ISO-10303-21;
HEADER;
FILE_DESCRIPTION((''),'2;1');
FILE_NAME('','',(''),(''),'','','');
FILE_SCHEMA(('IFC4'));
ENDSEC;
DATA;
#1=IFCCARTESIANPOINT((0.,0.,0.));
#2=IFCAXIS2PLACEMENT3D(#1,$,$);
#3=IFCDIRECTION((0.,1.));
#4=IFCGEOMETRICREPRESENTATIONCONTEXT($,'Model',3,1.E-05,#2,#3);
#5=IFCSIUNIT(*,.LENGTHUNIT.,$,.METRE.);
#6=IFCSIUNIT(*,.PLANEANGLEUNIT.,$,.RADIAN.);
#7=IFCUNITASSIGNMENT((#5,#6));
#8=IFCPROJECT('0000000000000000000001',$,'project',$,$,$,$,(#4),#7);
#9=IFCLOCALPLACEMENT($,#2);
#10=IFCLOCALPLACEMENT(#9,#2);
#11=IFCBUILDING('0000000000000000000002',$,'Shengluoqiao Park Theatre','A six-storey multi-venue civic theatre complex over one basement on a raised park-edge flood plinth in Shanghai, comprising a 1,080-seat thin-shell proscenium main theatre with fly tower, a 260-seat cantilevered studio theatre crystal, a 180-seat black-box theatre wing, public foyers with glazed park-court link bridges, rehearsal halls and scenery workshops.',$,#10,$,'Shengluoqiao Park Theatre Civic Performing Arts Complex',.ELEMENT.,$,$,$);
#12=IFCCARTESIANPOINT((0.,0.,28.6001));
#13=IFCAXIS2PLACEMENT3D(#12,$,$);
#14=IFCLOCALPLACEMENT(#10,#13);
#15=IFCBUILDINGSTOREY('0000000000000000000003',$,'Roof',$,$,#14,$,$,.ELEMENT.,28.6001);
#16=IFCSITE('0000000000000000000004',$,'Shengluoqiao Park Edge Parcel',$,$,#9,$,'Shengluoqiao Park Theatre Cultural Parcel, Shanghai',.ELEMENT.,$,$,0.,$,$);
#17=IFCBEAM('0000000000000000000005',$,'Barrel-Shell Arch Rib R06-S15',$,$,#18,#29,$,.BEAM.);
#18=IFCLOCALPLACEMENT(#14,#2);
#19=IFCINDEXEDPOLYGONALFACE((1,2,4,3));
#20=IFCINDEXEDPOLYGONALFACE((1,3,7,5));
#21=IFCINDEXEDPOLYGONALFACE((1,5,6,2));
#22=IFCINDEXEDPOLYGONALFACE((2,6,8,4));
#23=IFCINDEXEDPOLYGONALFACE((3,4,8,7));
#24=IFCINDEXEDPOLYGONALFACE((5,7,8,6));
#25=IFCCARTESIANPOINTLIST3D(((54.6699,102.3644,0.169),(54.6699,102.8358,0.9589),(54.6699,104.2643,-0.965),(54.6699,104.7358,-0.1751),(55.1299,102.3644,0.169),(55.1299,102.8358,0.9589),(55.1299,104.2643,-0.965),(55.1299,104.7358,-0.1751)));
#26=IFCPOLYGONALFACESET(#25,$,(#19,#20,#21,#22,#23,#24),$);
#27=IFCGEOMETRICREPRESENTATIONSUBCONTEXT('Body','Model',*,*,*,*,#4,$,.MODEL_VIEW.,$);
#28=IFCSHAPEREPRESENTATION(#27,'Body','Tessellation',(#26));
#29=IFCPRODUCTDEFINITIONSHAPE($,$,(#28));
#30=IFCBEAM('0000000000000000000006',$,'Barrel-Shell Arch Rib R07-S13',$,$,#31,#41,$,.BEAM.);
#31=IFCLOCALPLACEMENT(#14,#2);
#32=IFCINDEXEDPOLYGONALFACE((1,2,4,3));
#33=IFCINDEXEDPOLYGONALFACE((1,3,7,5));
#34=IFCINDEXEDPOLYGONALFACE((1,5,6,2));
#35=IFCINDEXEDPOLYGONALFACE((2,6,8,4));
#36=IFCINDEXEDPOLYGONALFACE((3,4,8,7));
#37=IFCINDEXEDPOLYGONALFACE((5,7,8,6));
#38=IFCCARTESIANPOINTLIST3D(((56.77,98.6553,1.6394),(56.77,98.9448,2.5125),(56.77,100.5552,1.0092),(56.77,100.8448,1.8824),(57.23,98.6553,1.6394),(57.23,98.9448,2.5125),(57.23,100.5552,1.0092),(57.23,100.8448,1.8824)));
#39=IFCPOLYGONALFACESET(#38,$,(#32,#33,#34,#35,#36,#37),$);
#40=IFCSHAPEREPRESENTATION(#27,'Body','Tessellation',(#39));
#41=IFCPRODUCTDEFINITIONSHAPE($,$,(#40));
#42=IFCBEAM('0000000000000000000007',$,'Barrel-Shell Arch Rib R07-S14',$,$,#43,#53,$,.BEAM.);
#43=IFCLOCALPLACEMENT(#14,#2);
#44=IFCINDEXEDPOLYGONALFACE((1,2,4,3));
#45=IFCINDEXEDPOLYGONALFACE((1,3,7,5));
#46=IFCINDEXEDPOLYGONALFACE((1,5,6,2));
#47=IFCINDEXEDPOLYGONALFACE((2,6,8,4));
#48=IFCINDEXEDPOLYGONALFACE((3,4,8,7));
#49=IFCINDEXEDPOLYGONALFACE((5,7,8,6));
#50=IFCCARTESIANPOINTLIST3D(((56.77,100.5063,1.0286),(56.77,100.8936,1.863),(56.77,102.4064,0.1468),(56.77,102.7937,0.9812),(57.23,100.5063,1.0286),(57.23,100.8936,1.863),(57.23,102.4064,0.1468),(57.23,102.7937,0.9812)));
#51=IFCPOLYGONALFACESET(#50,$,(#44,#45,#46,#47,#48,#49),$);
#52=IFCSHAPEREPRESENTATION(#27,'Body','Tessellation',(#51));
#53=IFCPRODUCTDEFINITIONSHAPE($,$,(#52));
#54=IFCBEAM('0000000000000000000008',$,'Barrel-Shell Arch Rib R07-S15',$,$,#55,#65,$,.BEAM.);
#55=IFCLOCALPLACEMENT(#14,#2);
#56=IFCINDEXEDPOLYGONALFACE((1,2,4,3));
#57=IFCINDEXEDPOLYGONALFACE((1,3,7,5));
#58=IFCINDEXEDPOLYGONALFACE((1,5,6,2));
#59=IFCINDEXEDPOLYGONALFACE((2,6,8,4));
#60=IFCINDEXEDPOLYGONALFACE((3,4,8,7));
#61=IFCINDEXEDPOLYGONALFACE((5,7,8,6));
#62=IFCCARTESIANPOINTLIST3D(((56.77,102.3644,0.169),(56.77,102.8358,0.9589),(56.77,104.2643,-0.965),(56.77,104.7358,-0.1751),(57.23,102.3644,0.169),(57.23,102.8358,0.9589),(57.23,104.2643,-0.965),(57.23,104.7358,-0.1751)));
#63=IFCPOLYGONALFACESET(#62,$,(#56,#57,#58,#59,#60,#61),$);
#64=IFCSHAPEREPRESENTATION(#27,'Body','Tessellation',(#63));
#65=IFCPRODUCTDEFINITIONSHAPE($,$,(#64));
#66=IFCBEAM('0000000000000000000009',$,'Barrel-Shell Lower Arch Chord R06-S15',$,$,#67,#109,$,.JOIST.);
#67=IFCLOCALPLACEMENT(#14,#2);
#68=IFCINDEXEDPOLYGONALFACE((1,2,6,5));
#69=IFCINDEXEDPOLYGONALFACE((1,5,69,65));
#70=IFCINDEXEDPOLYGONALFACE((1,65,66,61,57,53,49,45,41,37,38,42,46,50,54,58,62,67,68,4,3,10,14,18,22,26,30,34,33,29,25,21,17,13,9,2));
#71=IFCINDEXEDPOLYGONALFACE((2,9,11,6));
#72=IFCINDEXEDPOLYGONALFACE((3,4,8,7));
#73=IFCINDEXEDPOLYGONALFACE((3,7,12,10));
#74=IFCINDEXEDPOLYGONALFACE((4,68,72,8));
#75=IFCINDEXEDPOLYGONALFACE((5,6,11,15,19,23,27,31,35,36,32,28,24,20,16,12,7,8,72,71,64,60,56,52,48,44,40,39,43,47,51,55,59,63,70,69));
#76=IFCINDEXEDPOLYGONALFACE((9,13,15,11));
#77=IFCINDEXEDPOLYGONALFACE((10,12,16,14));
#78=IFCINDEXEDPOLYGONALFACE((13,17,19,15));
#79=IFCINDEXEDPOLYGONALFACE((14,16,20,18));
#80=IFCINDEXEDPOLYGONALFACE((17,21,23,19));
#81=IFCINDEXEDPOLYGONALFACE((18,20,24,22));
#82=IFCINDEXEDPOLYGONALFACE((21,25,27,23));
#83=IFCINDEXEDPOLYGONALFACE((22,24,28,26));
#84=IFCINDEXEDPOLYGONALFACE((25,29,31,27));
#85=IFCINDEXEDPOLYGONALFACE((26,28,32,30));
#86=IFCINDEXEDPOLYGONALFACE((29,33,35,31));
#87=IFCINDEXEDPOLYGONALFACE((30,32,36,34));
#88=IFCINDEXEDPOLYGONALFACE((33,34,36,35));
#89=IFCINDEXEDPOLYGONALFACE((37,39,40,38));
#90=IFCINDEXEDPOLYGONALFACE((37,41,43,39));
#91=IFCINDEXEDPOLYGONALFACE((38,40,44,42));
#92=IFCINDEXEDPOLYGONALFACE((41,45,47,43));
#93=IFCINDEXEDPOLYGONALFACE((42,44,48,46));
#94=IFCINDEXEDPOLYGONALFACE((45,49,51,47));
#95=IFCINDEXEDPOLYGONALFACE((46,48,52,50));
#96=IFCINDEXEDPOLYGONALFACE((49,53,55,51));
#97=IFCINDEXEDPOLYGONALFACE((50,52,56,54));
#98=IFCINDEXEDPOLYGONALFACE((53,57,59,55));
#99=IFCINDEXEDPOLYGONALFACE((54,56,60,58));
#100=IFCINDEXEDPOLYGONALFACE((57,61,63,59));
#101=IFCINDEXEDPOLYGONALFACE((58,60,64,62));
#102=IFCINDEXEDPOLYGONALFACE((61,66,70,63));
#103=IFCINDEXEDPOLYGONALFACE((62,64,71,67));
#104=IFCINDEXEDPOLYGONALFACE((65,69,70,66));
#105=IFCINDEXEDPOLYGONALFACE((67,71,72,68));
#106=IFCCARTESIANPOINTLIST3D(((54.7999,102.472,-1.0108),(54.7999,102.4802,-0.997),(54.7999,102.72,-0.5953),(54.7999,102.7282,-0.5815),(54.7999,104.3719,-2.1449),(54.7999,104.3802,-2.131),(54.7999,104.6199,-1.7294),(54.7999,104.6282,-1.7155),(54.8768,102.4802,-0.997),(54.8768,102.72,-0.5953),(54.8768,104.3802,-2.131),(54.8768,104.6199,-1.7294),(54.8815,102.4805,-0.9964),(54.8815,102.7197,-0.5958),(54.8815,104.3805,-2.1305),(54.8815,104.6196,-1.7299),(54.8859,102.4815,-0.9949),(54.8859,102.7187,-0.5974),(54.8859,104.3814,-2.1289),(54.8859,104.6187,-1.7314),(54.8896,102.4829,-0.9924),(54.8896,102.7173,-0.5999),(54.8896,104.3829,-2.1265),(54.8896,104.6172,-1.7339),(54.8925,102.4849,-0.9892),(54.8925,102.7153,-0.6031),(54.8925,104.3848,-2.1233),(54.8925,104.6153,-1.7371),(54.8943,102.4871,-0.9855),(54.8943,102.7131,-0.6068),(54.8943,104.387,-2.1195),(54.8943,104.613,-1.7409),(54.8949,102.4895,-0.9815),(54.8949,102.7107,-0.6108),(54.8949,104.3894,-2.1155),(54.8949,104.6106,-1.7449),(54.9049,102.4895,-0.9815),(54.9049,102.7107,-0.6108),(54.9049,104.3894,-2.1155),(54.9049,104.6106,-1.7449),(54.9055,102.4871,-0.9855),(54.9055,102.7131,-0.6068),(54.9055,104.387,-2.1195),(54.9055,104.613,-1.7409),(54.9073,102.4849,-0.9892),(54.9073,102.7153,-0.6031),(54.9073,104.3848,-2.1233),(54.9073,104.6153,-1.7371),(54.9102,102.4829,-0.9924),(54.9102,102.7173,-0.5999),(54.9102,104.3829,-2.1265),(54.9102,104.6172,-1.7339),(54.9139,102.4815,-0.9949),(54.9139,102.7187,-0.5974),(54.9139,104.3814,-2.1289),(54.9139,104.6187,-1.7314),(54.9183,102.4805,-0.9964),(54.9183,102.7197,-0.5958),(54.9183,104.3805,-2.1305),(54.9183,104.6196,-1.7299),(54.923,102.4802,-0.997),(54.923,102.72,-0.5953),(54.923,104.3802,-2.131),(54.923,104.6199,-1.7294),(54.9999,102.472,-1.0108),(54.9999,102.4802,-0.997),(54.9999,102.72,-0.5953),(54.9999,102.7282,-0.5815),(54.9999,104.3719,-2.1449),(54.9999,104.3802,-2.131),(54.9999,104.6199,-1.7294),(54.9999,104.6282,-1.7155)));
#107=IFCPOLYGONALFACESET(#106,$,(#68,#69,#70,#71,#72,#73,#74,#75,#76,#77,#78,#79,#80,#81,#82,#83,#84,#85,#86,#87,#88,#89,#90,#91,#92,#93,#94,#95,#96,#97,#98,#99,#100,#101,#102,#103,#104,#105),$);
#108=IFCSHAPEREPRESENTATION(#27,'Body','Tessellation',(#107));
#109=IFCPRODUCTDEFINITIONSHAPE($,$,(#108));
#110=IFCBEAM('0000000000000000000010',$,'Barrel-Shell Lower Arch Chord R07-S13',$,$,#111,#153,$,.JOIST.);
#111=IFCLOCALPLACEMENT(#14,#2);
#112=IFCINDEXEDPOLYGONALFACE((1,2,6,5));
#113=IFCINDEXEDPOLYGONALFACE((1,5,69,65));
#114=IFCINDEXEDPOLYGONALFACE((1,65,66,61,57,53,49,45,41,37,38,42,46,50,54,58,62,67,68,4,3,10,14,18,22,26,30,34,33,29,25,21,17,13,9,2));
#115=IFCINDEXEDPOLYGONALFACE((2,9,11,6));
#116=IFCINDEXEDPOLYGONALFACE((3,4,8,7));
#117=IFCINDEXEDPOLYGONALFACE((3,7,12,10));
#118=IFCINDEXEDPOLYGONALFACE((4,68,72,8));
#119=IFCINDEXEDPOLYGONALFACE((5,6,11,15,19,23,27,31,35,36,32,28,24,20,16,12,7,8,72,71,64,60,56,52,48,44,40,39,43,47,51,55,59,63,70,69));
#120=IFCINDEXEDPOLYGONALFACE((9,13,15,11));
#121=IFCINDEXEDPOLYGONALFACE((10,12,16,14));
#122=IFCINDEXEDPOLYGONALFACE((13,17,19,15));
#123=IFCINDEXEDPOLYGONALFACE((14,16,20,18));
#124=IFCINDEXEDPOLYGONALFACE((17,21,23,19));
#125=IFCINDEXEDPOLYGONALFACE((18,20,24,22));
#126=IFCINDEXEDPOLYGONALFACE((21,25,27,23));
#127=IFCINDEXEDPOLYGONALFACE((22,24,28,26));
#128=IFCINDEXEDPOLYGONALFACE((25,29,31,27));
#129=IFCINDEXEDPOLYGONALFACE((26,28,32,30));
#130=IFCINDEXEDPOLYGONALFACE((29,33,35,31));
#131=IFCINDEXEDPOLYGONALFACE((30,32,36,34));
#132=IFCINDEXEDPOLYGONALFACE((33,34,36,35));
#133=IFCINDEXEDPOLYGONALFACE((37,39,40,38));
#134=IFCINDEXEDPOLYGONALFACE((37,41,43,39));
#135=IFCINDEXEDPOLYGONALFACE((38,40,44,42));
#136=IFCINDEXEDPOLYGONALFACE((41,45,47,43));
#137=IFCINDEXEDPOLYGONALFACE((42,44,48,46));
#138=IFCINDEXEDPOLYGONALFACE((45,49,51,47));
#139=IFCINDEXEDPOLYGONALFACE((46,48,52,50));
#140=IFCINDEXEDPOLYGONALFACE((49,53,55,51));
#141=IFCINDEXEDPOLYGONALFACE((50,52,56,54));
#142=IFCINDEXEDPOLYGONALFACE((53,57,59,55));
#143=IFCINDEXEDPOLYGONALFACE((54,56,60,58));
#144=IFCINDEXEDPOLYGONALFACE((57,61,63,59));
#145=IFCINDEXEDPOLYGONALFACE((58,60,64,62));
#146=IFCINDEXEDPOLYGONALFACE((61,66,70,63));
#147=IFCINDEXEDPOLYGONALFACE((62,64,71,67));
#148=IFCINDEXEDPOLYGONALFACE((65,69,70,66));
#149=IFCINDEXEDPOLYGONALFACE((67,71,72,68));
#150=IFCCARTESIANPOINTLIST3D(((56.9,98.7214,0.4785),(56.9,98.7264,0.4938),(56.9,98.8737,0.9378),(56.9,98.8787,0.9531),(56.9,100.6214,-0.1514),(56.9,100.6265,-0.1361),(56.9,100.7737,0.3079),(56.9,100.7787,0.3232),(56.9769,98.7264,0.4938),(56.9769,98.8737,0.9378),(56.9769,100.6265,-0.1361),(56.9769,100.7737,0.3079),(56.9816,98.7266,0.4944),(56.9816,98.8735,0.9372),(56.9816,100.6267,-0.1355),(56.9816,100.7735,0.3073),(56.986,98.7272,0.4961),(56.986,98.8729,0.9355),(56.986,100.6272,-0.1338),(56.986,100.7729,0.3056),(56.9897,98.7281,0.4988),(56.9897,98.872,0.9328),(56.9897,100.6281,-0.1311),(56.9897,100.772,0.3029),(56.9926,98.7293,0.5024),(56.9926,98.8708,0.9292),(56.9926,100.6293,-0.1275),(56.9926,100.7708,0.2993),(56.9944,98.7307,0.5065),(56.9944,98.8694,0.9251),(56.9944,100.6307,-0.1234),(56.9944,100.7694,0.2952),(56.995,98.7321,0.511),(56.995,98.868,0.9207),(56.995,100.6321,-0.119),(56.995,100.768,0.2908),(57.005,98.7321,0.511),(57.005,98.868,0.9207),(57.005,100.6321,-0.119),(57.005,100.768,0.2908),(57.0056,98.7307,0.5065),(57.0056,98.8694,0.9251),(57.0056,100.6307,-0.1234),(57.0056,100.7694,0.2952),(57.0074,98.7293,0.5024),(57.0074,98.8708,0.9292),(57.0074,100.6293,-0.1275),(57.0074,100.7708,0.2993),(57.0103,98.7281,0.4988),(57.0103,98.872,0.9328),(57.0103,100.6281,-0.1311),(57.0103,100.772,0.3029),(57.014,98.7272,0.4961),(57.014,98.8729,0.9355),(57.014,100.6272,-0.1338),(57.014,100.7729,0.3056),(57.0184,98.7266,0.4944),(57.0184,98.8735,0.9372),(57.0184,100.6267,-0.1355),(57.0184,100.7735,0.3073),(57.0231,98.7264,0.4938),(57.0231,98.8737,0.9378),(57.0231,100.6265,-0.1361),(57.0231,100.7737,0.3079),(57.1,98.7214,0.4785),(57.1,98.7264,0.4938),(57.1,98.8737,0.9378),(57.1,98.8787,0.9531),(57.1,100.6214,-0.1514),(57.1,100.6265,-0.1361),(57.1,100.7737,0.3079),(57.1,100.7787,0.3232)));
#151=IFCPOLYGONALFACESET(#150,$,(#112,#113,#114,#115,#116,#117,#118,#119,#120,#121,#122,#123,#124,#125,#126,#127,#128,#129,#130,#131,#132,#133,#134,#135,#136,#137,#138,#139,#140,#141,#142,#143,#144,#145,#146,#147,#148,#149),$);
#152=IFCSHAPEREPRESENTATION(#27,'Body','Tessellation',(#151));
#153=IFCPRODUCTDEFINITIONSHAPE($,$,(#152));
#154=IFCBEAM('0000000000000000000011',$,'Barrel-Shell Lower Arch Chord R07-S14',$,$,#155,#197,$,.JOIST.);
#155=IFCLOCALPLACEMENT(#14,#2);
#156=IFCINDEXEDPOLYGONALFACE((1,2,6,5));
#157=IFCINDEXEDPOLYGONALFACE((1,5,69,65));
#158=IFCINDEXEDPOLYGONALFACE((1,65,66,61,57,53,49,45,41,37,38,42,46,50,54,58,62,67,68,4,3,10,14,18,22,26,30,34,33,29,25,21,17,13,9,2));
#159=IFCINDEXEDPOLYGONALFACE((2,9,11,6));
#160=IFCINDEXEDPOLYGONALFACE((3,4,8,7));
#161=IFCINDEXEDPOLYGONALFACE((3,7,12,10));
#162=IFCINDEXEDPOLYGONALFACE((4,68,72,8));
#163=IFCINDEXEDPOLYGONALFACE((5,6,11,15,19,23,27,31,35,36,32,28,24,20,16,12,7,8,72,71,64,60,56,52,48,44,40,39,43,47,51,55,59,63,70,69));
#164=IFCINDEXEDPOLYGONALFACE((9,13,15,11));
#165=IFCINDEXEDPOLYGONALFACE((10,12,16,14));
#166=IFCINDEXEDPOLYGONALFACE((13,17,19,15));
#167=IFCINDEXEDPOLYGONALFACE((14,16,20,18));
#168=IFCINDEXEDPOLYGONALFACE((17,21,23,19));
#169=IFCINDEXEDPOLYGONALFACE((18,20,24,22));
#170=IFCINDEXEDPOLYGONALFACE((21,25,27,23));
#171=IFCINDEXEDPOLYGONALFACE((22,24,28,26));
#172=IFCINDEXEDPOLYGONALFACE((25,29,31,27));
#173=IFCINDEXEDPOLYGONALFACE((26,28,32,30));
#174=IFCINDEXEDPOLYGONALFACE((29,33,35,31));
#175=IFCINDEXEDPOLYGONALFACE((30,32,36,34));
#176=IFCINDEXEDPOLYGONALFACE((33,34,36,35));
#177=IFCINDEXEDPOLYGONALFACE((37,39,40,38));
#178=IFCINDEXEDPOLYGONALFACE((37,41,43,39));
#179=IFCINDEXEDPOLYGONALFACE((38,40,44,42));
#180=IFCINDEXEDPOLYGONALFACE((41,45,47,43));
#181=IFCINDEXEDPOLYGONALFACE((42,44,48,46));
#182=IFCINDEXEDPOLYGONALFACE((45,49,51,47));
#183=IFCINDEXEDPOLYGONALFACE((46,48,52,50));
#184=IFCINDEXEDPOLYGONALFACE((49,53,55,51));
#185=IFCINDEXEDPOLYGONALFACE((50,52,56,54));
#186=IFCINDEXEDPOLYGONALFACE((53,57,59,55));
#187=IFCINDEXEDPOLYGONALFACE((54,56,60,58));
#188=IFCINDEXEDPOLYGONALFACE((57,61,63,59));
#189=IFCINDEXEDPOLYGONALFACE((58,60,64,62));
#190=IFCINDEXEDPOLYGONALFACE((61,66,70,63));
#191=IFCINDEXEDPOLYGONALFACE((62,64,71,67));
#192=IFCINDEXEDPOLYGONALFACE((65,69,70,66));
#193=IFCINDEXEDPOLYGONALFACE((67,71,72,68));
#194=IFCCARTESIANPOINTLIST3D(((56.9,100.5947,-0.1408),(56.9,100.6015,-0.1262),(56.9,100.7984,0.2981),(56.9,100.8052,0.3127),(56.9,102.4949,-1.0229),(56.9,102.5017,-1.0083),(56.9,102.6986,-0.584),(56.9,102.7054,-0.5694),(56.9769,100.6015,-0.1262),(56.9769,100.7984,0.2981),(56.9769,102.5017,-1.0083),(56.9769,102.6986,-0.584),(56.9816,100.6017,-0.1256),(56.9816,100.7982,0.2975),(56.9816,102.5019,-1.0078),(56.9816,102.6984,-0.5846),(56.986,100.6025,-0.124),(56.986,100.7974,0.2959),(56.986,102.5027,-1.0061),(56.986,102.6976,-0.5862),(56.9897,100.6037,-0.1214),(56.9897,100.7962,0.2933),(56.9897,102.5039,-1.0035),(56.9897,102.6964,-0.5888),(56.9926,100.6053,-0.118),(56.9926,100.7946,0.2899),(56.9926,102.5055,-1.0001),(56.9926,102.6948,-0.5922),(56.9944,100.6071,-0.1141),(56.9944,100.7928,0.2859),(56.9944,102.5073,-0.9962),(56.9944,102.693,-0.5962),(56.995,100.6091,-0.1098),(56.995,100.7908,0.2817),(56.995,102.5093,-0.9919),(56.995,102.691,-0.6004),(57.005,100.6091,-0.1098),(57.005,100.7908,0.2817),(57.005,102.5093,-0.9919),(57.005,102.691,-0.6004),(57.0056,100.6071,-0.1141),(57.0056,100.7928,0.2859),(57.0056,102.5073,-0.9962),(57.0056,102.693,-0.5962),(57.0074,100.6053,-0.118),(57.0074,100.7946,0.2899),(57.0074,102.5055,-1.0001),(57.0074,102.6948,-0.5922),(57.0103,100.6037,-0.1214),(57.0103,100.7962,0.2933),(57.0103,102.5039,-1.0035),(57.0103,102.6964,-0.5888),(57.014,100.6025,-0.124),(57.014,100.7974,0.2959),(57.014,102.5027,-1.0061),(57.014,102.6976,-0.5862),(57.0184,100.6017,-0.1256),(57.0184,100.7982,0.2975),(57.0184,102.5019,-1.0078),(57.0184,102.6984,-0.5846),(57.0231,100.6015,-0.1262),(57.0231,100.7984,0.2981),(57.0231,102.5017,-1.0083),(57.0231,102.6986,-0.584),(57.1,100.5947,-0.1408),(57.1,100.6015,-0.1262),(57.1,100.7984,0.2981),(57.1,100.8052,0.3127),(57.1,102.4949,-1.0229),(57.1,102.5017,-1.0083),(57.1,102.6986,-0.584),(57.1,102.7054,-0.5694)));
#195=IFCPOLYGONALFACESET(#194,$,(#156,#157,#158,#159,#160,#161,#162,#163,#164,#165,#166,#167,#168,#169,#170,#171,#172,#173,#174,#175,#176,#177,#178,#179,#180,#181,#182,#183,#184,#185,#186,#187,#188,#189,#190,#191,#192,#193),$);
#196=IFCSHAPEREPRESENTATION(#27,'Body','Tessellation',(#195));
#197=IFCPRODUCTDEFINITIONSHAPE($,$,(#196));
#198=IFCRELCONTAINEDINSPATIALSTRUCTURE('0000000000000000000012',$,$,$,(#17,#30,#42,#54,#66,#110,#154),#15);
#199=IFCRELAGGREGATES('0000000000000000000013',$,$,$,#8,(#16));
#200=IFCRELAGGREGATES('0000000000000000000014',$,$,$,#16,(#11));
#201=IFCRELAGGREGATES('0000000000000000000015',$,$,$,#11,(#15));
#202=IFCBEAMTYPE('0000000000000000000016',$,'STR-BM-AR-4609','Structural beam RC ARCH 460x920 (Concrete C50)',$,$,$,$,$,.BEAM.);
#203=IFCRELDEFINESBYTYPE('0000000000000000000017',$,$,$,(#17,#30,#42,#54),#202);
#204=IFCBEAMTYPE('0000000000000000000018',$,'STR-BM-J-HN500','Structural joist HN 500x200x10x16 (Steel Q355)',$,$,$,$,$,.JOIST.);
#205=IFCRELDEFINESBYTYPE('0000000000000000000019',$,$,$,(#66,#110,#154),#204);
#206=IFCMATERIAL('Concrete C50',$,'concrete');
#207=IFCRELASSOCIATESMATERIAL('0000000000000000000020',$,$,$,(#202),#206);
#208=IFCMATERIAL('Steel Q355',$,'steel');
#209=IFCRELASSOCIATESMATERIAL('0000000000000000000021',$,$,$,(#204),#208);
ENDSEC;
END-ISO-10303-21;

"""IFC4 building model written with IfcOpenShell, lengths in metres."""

from ifc_helpers import new_model, si_unit, direction, frame, origin, origin_2d, place, context, subcontext, project, spatial, rectangle, i_section, extrude, material, material_profile, profile_set, type_object, element, save


model = new_model("IFC4")

# Units and contexts
model_context = context("Model", 3, precision=1e-05, world=origin(), true_north=direction((0.0, 1.0)))
body_context = subcontext(model_context, "Body", "Model", "MODEL_VIEW")
ifc_project = project(units=[si_unit("LENGTHUNIT", "METRE"), si_unit("PLANEANGLEUNIT", "RADIAN")], contexts=[model_context])

# Site, building, storey
site_placement = place(None, origin())
site = spatial("IfcSite", under=ifc_project, at=site_placement, Name="Shengluoqiao Park Edge Parcel", LongName="Shengluoqiao Park Theatre Cultural Parcel, Shanghai", CompositionType="ELEMENT", RefElevation=0.0)
building_placement = place(site_placement, origin())
building = spatial("IfcBuilding", under=site, at=building_placement, Name="Shengluoqiao Park Theatre", Description="A six-storey multi-venue civic theatre complex over one basement on a raised park-edge flood plinth in Shanghai, comprising a 1,080-seat thin-shell proscenium main theatre with fly tower, a 260-seat cantilevered studio theatre crystal, a 180-seat black-box theatre wing, public foyers with glazed park-court link bridges, rehearsal halls and scenery workshops.", LongName="Shengluoqiao Park Theatre Civic Performing Arts Complex", CompositionType="ELEMENT")
storey_placement = place(building_placement, frame((0.0, 0.0, 28.6001)))
storey = spatial("IfcBuildingStorey", under=building, at=storey_placement, Name="Roof", CompositionType="ELEMENT", Elevation=28.6001)

# Beams
ifc_material_1 = material(Name="Concrete C50", Category="concrete")
ifc_material_profile_1 = material_profile(ifc_material_1, rectangle(XDim=0.46, YDim=0.9199, at=origin_2d()), Name="RC ARCH 460x920")
ifc_profile_set_1 = profile_set([ifc_material_profile_1], Name="Concrete C50")
beam_type_1 = type_object("IfcBeamType", Name="STR-BM-AR-4609", Description="Structural beam RC ARCH 460x920 (Concrete C50)", PredefinedType="BEAM", material=ifc_profile_set_1)
beam_1_placement = place(storey_placement, frame((54.8999, 102.6001, 0.564), z_axis=(0.0, 0.858669, -0.512531), x_axis=(-1.0, 0.0, 0.0)))
element("IfcBeam", 1, at=beam_1_placement, inside=storey, type_object=beam_type_1, Name="Barrel-Shell Arch Rib R06-S15", PredefinedType="BEAM", context=body_context, shape_type="SweptSolid", body=[
    extrude(rectangle(XDim=0.46, YDim=0.9199, at=origin_2d()), origin(), (0.0, 0.0, 1.0), 2.2126),
])
beam_2_placement = place(storey_placement, frame((57.0, 98.8, 2.0759), z_axis=(0.0, 0.949158, -0.3148), x_axis=(-1.0, 0.0, 0.0)))
element("IfcBeam", 2, at=beam_2_placement, inside=storey, type_object=beam_type_1, Name="Barrel-Shell Arch Rib R07-S13", PredefinedType="BEAM", context=body_context, shape_type="SweptSolid", body=[
    extrude(rectangle(XDim=0.46, YDim=0.9199, at=origin_2d()), origin(), (0.0, 0.0, 1.0), 2.0017),
])
beam_3_placement = place(storey_placement, frame((57.0, 100.7, 1.4458), z_axis=(0.0, 0.907077, -0.420964), x_axis=(-1.0, 0.0, 0.0)))
element("IfcBeam", 3, at=beam_3_placement, inside=storey, type_object=beam_type_1, Name="Barrel-Shell Arch Rib R07-S14", PredefinedType="BEAM", context=body_context, shape_type="SweptSolid", body=[
    extrude(rectangle(XDim=0.46, YDim=0.9199, at=origin_2d()), origin(), (0.0, 0.0, 1.0), 2.0947),
])
beam_4_placement = place(storey_placement, frame((57.0, 102.6001, 0.564), z_axis=(0.0, 0.858669, -0.512531), x_axis=(-1.0, 0.0, 0.0)))
element("IfcBeam", 4, at=beam_4_placement, inside=storey, type_object=beam_type_1, Name="Barrel-Shell Arch Rib R07-S15", PredefinedType="BEAM", context=body_context, shape_type="SweptSolid", body=[
    extrude(rectangle(XDim=0.46, YDim=0.9199, at=origin_2d()), origin(), (0.0, 0.0, 1.0), 2.2126),
])
ifc_material_2 = material(Name="Steel Q355", Category="steel")
ifc_material_profile_2 = material_profile(ifc_material_2, i_section(OverallWidth=0.2, OverallDepth=0.5, WebThickness=0.01, FlangeThickness=0.0161, FilletRadius=0.0181, at=origin_2d()), Name="HN 500x200x10x16")
ifc_profile_set_2 = profile_set([ifc_material_profile_2], Name="Steel Q355")
beam_type_2 = type_object("IfcBeamType", Name="STR-BM-J-HN500", Description="Structural joist HN 500x200x10x16 (Steel Q355)", PredefinedType="JOIST", material=ifc_profile_set_2)
beam_5_placement = place(storey_placement, frame((54.8999, 102.6001, -0.7961), z_axis=(0.0, 0.858669, -0.512531), x_axis=(-1.0, 0.0, 0.0)))
element("IfcBeam", 5, at=beam_5_placement, inside=storey, type_object=beam_type_2, Name="Barrel-Shell Lower Arch Chord R06-S15", PredefinedType="JOIST", context=body_context, shape_type="SweptSolid", body=[
    extrude(i_section(OverallWidth=0.2, OverallDepth=0.5, WebThickness=0.01, FlangeThickness=0.0161, FilletRadius=0.0181, at=origin_2d()), origin(), (0.0, 0.0, 1.0), 2.2126),
])
beam_6_placement = place(storey_placement, frame((57.0, 98.8, 0.7158), z_axis=(0.0, 0.949194, -0.31469), x_axis=(-1.0, 0.0, 0.0)))
element("IfcBeam", 6, at=beam_6_placement, inside=storey, type_object=beam_type_2, Name="Barrel-Shell Lower Arch Chord R07-S13", PredefinedType="JOIST", context=body_context, shape_type="SweptSolid", body=[
    extrude(i_section(OverallWidth=0.2, OverallDepth=0.5, WebThickness=0.01, FlangeThickness=0.0161, FilletRadius=0.0181, at=origin_2d()), origin(), (0.0, 0.0, 1.0), 2.0017),
])
beam_7_placement = place(storey_placement, frame((57.0, 100.7, 0.0859), z_axis=(0.0, 0.907033, -0.42106), x_axis=(-1.0, 0.0, 0.0)))
element("IfcBeam", 7, at=beam_7_placement, inside=storey, type_object=beam_type_2, Name="Barrel-Shell Lower Arch Chord R07-S14", PredefinedType="JOIST", context=body_context, shape_type="SweptSolid", body=[
    extrude(i_section(OverallWidth=0.2, OverallDepth=0.5, WebThickness=0.01, FlangeThickness=0.0161, FilletRadius=0.0181, at=origin_2d()), origin(), (0.0, 0.0, 1.0), 2.095),
])

save(model, "model.ifc")
